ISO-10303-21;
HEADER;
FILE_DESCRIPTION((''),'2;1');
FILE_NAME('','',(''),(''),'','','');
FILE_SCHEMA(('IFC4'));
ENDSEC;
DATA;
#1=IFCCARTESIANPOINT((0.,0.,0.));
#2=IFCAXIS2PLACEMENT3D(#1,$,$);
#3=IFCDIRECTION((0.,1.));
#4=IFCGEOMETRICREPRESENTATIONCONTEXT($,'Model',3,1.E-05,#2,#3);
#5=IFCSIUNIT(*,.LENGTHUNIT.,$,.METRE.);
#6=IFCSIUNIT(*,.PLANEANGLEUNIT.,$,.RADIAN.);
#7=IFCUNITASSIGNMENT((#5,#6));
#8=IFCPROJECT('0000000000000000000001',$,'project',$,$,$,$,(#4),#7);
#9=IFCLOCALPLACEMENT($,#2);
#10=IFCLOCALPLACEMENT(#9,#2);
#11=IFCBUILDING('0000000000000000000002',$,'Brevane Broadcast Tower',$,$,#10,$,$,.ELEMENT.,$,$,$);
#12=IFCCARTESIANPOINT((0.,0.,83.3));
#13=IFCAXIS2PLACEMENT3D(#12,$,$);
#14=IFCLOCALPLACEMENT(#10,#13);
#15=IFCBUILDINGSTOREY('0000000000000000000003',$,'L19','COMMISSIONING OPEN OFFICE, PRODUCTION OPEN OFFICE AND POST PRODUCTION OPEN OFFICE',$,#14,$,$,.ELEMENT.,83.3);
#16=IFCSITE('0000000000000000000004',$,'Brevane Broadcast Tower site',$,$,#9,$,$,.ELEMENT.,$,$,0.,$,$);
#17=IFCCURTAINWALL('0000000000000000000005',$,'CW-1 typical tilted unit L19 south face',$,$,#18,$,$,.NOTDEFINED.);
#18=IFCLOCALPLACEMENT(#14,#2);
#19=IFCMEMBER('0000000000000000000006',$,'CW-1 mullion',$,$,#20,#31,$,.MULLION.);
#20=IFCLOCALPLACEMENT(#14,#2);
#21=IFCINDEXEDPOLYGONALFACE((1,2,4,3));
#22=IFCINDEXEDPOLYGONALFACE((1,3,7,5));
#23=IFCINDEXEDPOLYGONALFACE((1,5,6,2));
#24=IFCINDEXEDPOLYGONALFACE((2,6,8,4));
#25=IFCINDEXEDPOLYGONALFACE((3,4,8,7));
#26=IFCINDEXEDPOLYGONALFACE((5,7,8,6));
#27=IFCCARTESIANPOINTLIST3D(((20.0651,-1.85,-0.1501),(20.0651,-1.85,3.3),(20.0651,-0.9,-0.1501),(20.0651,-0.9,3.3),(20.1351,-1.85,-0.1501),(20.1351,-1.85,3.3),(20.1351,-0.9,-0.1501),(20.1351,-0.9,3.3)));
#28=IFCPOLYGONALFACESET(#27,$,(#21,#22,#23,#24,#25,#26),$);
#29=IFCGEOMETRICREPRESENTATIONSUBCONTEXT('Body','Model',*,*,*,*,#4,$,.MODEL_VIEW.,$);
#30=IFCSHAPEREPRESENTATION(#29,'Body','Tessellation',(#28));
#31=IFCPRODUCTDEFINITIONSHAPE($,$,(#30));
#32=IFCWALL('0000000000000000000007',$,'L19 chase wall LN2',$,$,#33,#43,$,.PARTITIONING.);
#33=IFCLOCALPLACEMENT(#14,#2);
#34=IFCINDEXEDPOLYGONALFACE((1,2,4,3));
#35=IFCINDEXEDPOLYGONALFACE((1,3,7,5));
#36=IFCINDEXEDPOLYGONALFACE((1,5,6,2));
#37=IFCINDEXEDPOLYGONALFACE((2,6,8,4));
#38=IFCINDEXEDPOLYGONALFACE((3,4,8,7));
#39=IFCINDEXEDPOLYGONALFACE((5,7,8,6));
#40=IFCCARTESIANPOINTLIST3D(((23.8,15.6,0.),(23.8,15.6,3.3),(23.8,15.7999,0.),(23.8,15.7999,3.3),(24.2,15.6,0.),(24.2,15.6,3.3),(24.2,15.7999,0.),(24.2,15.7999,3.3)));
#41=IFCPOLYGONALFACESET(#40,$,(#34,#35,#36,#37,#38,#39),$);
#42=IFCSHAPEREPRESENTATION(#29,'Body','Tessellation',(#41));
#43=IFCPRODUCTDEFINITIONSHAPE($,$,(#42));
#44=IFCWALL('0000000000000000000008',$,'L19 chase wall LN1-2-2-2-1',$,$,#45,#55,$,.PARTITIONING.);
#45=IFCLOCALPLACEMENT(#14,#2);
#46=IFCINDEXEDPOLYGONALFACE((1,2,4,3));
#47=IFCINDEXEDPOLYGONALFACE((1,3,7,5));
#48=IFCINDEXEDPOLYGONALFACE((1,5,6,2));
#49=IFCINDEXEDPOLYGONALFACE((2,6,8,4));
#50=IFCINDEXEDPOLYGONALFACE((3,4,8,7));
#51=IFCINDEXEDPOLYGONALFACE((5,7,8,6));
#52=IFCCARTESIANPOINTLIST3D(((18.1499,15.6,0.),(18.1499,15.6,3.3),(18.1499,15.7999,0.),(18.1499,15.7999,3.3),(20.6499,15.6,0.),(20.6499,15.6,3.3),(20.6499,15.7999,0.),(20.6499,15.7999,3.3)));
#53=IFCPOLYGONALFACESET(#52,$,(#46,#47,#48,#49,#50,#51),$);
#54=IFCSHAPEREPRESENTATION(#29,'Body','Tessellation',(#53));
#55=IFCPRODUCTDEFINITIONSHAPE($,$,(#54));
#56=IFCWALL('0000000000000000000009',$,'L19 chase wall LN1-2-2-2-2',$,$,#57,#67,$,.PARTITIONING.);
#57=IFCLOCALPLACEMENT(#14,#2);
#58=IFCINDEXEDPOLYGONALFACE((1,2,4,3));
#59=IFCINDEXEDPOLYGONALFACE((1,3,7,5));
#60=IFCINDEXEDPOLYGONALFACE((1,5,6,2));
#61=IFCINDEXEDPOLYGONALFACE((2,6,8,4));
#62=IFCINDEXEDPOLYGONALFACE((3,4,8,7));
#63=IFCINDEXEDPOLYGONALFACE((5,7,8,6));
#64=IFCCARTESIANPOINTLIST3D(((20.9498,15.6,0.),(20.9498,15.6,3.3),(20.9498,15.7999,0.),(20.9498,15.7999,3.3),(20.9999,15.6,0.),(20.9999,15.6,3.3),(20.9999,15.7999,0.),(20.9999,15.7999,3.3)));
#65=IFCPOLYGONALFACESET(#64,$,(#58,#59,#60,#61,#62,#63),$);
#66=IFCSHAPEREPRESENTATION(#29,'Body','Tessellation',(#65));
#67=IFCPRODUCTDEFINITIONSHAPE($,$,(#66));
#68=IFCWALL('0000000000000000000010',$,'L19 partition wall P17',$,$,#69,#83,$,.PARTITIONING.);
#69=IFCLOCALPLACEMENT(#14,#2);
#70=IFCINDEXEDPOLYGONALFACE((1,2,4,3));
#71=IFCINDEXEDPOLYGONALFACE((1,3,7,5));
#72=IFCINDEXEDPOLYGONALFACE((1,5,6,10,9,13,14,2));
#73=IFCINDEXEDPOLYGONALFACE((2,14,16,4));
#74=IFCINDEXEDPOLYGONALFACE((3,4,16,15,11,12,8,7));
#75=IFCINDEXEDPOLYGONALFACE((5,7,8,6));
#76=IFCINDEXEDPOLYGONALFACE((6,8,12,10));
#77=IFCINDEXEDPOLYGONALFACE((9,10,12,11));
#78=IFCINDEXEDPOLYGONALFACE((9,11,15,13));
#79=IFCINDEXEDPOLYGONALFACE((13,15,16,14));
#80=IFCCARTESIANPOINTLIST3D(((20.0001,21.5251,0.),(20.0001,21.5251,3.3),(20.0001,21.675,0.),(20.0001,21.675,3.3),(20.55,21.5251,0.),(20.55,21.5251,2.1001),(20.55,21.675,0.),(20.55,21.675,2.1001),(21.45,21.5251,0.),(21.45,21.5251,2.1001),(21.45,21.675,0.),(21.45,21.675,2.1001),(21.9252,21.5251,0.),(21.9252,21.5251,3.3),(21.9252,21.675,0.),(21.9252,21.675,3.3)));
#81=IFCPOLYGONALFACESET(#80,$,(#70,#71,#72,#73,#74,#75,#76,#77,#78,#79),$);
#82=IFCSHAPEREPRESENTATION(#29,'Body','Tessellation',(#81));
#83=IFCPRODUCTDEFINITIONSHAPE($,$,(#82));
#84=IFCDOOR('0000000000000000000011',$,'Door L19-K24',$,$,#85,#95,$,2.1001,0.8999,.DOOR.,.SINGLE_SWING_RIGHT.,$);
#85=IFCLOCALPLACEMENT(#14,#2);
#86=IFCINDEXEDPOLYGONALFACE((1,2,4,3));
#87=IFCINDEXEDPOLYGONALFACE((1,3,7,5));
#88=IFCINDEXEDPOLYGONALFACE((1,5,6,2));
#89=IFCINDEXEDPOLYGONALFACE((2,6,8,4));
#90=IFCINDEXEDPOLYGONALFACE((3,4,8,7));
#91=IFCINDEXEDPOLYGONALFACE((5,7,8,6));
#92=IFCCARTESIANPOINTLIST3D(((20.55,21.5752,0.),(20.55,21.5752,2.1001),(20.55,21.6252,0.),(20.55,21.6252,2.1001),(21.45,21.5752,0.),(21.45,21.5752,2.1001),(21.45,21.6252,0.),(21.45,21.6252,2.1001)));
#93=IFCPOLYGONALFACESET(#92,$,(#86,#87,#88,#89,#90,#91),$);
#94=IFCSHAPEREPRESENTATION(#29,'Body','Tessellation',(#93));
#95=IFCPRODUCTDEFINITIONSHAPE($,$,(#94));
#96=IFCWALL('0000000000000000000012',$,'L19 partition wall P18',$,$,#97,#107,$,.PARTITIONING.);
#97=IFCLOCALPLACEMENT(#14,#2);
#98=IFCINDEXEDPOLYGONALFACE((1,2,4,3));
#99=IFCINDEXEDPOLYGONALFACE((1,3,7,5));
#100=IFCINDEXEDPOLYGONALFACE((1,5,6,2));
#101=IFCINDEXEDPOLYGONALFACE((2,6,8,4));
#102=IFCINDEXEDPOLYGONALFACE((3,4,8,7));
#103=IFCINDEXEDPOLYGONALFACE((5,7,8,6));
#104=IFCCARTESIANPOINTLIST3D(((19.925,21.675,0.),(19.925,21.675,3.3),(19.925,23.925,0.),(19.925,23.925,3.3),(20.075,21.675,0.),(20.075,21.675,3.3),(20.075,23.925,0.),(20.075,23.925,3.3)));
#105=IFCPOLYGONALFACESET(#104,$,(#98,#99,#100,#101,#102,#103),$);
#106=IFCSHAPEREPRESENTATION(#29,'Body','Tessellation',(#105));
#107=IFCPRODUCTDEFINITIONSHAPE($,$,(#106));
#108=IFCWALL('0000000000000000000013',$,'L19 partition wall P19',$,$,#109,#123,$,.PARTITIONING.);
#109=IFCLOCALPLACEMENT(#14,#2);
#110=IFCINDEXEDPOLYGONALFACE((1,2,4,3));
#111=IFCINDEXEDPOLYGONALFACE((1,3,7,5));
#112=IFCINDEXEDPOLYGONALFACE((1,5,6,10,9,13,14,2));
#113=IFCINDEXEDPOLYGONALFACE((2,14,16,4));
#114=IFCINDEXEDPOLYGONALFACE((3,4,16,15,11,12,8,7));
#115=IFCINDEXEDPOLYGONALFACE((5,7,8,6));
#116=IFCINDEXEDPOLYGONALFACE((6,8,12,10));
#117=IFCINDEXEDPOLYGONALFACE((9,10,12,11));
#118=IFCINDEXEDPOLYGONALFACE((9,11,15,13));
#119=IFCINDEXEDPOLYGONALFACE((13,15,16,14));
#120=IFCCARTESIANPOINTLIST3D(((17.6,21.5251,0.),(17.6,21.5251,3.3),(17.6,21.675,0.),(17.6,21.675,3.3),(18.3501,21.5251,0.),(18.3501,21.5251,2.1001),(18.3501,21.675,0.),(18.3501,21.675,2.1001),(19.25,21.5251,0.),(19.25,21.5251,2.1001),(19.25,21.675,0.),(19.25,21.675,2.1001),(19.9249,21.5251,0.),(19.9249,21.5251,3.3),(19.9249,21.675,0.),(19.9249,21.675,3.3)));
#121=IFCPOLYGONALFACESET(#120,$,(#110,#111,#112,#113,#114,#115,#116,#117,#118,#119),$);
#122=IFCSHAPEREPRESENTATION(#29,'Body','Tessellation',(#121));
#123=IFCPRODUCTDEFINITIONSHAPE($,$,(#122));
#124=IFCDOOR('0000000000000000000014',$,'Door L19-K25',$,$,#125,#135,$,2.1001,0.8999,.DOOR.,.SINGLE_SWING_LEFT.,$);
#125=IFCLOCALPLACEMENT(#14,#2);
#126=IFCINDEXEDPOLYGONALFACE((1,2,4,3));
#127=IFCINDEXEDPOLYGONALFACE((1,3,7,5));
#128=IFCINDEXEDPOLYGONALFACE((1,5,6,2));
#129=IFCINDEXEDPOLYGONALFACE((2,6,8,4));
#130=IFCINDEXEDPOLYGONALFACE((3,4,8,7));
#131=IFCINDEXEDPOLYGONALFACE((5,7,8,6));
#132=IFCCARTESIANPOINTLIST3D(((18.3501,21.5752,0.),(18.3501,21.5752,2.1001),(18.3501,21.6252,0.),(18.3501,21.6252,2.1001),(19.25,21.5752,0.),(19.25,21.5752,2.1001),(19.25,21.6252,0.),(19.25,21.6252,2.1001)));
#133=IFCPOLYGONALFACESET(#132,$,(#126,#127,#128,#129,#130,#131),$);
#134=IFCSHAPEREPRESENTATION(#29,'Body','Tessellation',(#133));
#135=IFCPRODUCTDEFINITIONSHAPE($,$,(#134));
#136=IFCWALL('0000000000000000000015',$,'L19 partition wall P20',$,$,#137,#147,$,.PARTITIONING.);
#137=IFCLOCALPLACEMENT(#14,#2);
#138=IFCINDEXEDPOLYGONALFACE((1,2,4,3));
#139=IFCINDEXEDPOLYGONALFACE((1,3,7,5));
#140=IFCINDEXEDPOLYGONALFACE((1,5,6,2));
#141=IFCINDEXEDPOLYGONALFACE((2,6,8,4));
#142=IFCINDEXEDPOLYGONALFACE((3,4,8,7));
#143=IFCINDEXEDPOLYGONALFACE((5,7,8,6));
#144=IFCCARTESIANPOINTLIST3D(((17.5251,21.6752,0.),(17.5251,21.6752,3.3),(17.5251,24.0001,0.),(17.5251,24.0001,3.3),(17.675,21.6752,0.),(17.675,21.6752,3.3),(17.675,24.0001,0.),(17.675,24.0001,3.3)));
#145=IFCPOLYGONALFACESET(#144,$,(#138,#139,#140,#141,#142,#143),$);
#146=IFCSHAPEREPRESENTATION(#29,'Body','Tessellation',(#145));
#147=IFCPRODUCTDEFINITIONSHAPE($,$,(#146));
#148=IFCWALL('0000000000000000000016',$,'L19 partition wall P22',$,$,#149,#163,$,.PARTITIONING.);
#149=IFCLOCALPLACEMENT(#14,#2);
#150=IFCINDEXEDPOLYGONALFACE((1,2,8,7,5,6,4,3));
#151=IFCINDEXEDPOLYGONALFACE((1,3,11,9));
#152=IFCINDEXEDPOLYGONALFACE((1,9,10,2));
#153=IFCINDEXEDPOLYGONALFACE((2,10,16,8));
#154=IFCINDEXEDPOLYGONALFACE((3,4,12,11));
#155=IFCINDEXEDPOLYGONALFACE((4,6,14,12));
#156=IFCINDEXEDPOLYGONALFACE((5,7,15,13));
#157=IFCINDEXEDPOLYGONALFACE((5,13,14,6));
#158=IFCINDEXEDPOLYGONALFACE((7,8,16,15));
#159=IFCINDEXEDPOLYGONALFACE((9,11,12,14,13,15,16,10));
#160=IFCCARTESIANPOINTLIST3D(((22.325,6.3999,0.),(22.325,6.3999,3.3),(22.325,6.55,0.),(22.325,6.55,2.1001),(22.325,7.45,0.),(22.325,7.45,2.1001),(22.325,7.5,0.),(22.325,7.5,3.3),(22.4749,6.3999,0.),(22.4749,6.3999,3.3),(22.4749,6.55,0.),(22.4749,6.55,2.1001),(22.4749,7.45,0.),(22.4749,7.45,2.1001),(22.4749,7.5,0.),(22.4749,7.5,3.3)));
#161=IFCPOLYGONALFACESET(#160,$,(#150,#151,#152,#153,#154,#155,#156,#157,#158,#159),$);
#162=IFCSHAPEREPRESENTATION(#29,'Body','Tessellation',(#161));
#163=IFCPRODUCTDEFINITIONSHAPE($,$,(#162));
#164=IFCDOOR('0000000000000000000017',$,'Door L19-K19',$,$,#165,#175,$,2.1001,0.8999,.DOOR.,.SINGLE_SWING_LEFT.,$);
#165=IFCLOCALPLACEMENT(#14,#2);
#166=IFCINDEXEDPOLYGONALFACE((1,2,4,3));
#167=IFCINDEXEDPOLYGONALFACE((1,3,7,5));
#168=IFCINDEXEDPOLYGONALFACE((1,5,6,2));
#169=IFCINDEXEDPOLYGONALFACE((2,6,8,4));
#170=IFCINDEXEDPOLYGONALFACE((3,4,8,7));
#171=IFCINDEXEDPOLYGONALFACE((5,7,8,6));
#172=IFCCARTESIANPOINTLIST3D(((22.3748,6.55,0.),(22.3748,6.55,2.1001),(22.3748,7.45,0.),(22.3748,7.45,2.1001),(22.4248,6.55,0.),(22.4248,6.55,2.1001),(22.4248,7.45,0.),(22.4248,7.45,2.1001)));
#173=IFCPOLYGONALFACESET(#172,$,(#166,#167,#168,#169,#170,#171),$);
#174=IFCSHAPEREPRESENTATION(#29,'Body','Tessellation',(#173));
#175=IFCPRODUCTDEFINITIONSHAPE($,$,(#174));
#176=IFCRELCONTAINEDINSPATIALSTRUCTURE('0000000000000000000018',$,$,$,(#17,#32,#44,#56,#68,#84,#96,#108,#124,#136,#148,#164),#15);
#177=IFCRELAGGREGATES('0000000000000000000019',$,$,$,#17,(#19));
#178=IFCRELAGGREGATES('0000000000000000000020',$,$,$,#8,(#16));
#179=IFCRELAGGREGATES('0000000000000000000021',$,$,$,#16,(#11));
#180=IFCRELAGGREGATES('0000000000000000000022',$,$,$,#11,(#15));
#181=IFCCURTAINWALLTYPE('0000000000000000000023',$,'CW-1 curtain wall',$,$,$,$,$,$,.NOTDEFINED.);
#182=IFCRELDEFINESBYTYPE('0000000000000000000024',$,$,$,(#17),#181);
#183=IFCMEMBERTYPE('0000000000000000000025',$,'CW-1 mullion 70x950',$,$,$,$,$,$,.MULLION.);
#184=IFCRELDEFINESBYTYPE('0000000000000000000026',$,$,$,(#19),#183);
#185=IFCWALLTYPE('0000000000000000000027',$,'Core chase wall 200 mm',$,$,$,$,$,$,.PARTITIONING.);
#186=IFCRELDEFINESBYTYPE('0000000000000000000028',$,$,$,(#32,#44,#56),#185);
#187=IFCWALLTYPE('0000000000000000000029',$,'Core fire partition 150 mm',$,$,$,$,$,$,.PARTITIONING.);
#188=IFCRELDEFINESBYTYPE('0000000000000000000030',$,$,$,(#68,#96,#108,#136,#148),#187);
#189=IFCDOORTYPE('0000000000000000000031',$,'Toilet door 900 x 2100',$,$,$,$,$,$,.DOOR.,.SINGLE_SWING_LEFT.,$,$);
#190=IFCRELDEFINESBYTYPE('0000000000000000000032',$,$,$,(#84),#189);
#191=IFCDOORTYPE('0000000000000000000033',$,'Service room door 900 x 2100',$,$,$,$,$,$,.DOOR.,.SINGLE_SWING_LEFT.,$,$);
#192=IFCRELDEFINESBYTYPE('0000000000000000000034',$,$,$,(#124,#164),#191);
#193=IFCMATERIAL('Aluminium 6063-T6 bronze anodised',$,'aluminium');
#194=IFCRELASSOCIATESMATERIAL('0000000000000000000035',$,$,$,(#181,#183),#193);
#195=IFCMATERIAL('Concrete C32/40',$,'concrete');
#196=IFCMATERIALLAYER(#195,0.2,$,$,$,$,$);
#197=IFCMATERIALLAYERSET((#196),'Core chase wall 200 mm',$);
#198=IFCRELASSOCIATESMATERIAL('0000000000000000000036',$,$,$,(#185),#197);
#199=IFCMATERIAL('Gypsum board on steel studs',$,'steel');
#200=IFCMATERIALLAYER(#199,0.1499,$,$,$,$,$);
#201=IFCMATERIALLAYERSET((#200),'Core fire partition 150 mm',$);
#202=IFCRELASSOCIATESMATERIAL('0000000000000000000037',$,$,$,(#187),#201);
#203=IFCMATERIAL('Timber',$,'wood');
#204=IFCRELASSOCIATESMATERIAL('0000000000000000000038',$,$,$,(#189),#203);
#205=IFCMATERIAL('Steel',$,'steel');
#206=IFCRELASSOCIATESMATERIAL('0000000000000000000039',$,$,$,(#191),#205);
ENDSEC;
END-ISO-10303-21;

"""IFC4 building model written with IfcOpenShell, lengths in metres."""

from ifc_helpers import new_model, si_unit, direction, frame, frame_2d, origin, origin_2d, place, context, subcontext, project, spatial, rectangle, extrude, material, layer, layer_set, material_profile, profile_set, type_object, element, fill, aggregate, save


model = new_model("IFC4")

# Units and contexts
model_context = context("Model", 3, precision=1e-05, world=origin(), true_north=direction((0.0, 1.0)))
body_context = subcontext(model_context, "Body", "Model", "MODEL_VIEW")
ifc_project = project(units=[si_unit("LENGTHUNIT", "METRE"), si_unit("PLANEANGLEUNIT", "RADIAN")], contexts=[model_context])

# Site, building, storey
site_placement = place(None, origin())
site = spatial("IfcSite", under=ifc_project, at=site_placement, Name="Brevane Broadcast Tower site", CompositionType="ELEMENT", RefElevation=0.0)
building_placement = place(site_placement, origin())
building = spatial("IfcBuilding", under=site, at=building_placement, Name="Brevane Broadcast Tower", CompositionType="ELEMENT")
storey_placement = place(building_placement, frame((0.0, 0.0, 83.3)))
storey = spatial("IfcBuildingStorey", under=building, at=storey_placement, Name="L19", Description="COMMISSIONING OPEN OFFICE, PRODUCTION OPEN OFFICE AND POST PRODUCTION OPEN OFFICE", CompositionType="ELEMENT", Elevation=83.3)

# Curtain wall, member
ifc_material_1 = material(Name="Aluminium 6063-T6 bronze anodised", Category="aluminium")
curtain_wall_type = type_object("IfcCurtainWallType", Name="CW-1 curtain wall", PredefinedType="NOTDEFINED", material=ifc_material_1)
curtain_wall_placement = place(storey_placement, origin())
curtain_wall = element("IfcCurtainWall", 1, at=curtain_wall_placement, inside=storey, type_object=curtain_wall_type, Name="CW-1 typical tilted unit L19 south face", PredefinedType="NOTDEFINED")
ifc_material_profile = material_profile(ifc_material_1, rectangle(XDim=0.95, YDim=0.0701, at=origin_2d()), Name="RECT 70x950")
ifc_profile_set = profile_set([ifc_material_profile], Name="Aluminium 6063-T6 bronze anodised")
member_type = type_object("IfcMemberType", Name="CW-1 mullion 70x950", PredefinedType="MULLION", material=ifc_profile_set)
member_placement = place(storey_placement, frame((20.1001, -1.375, -0.1501), z_axis=(0.0, 0.0, 1.0), x_axis=(0.0, 1.0, 0.0)))
member = element("IfcMember", 2, at=member_placement, type_object=member_type, Name="CW-1 mullion", PredefinedType="MULLION", context=body_context, shape_type="SweptSolid", body=[
    extrude(rectangle(XDim=0.95, YDim=0.0701, at=origin_2d()), origin(), (0.0, 0.0, 1.0), 3.4502),
])
aggregate(curtain_wall, [member])

# Walls
ifc_material_2 = material(Name="Concrete C32/40", Category="concrete")
ifc_layer_1 = layer(ifc_material_2, 0.2)
ifc_layer_set_1 = layer_set([ifc_layer_1], Name="Core chase wall 200 mm")
wall_type_1 = type_object("IfcWallType", Name="Core chase wall 200 mm", PredefinedType="PARTITIONING", material=ifc_layer_set_1)
wall_1_placement = place(storey_placement, frame((23.8, 15.7, 0.0), z_axis=(0.0, 0.0, 1.0), x_axis=(1.0, 0.0, 0.0)))
element("IfcWall", 3, at=wall_1_placement, inside=storey, type_object=wall_type_1, Name="L19 chase wall LN2", PredefinedType="PARTITIONING", context=body_context, shape_type="SweptSolid", body=[
    extrude(rectangle(XDim=0.3999, YDim=0.2, at=frame_2d((0.2, 0.0))), origin(), (0.0, 0.0, 1.0), 3.3),
])
wall_2_placement = place(storey_placement, frame((18.1499, 15.7, 0.0), z_axis=(0.0, 0.0, 1.0), x_axis=(1.0, 0.0, 0.0)))
element("IfcWall", 4, at=wall_2_placement, inside=storey, type_object=wall_type_1, Name="L19 chase wall LN1-2-2-2-1", PredefinedType="PARTITIONING", context=body_context, shape_type="SweptSolid", body=[
    extrude(rectangle(XDim=2.5, YDim=0.2, at=frame_2d((1.25, 0.0))), origin(), (0.0, 0.0, 1.0), 3.3),
])
wall_3_placement = place(storey_placement, frame((20.95, 15.7, 0.0), z_axis=(0.0, 0.0, 1.0), x_axis=(1.0, 0.0, 0.0)))
element("IfcWall", 5, at=wall_3_placement, inside=storey, type_object=wall_type_1, Name="L19 chase wall LN1-2-2-2-2", PredefinedType="PARTITIONING", context=body_context, shape_type="SweptSolid", body=[
    extrude(rectangle(XDim=0.05, YDim=0.2, at=frame_2d((0.0249, 0.0))), origin(), (0.0, 0.0, 1.0), 3.3),
])

# Wall, opening, door
ifc_material_3 = material(Name="Gypsum board on steel studs", Category="steel")
ifc_layer_2 = layer(ifc_material_3, 0.1499)
ifc_layer_set_2 = layer_set([ifc_layer_2], Name="Core fire partition 150 mm")
wall_type_2 = type_object("IfcWallType", Name="Core fire partition 150 mm", PredefinedType="PARTITIONING", material=ifc_layer_set_2)
wall_4_placement = place(storey_placement, frame((21.925, 21.6001, 0.0), z_axis=(0.0, 0.0, 1.0), x_axis=(-1.0, 0.0, 0.0)))
wall_4 = element("IfcWall", 6, at=wall_4_placement, inside=storey, type_object=wall_type_2, Name="L19 partition wall P17", PredefinedType="PARTITIONING", context=body_context, shape_type="SweptSolid", body=[
    extrude(rectangle(XDim=1.925, YDim=0.1499, at=frame_2d((0.9624, 0.0))), origin(), (0.0, 0.0, 1.0), 3.3),
])
opening_1_placement = place(wall_4_placement, frame((0.4751, 0.0, 0.0)))
opening_1 = element("IfcOpeningElement", 7, at=opening_1_placement, cuts=wall_4, PredefinedType="OPENING", context=body_context, shape_type="SweptSolid", body=[
    extrude(rectangle(XDim=0.8999, YDim=2.1001, at=frame_2d((0.45, 1.05))), frame((0.0, 0.085, 0.0), z_axis=(0.0, -1.0, 0.0), x_axis=(1.0, 0.0, 0.0)), (0.0, 0.0, 1.0), 0.1699),
])
ifc_material_4 = material(Name="Timber", Category="wood")
door_type_1 = type_object("IfcDoorType", Name="Toilet door 900 x 2100", OperationType="SINGLE_SWING_LEFT", PredefinedType="DOOR", material=ifc_material_4)
door_1_placement = place(opening_1_placement, origin())
door_1 = element("IfcDoor", 8, at=door_1_placement, inside=storey, type_object=door_type_1, Name="Door L19-K24", OperationType="SINGLE_SWING_RIGHT", OverallHeight=2.1001, OverallWidth=0.8999, PredefinedType="DOOR", context=body_context, shape_type="SweptSolid", body=[
    extrude(rectangle(XDim=0.8999, YDim=2.1001, at=frame_2d((0.45, 1.05))), frame((0.0, 0.0249, 0.0), z_axis=(0.0, -1.0, 0.0), x_axis=(1.0, 0.0, 0.0)), (0.0, 0.0, 1.0), 0.05),
])
fill(opening_1, door_1)

# Wall
wall_5_placement = place(storey_placement, frame((20.0, 21.675, 0.0), z_axis=(0.0, 0.0, 1.0), x_axis=(0.0, 1.0, 0.0)))
element("IfcWall", 9, at=wall_5_placement, inside=storey, type_object=wall_type_2, Name="L19 partition wall P18", PredefinedType="PARTITIONING", context=body_context, shape_type="SweptSolid", body=[
    extrude(rectangle(XDim=2.25, YDim=0.1499, at=frame_2d((1.125, 0.0))), origin(), (0.0, 0.0, 1.0), 3.3),
])

# Wall, opening, door
wall_6_placement = place(storey_placement, frame((19.925, 21.6001, 0.0), z_axis=(0.0, 0.0, 1.0), x_axis=(-1.0, 0.0, 0.0)))
wall_6 = element("IfcWall", 10, at=wall_6_placement, inside=storey, type_object=wall_type_2, Name="L19 partition wall P19", PredefinedType="PARTITIONING", context=body_context, shape_type="SweptSolid", body=[
    extrude(rectangle(XDim=2.325, YDim=0.1499, at=frame_2d((1.1626, 0.0))), origin(), (0.0, 0.0, 1.0), 3.3),
])
opening_2_placement = place(wall_6_placement, frame((0.675, 0.0, 0.0)))
opening_2 = element("IfcOpeningElement", 11, at=opening_2_placement, cuts=wall_6, PredefinedType="OPENING", context=body_context, shape_type="SweptSolid", body=[
    extrude(rectangle(XDim=0.8999, YDim=2.1001, at=frame_2d((0.45, 1.05))), frame((0.0, 0.085, 0.0), z_axis=(0.0, -1.0, 0.0), x_axis=(1.0, 0.0, 0.0)), (0.0, 0.0, 1.0), 0.1699),
])
ifc_material_5 = material(Name="Steel", Category="steel")
door_type_2 = type_object("IfcDoorType", Name="Service room door 900 x 2100", OperationType="SINGLE_SWING_LEFT", PredefinedType="DOOR", material=ifc_material_5)
door_2_placement = place(opening_2_placement, origin())
door_2 = element("IfcDoor", 12, at=door_2_placement, inside=storey, type_object=door_type_2, Name="Door L19-K25", OperationType="SINGLE_SWING_LEFT", OverallHeight=2.1001, OverallWidth=0.8999, PredefinedType="DOOR", context=body_context, shape_type="SweptSolid", body=[
    extrude(rectangle(XDim=0.8999, YDim=2.1001, at=frame_2d((0.45, 1.05))), frame((0.0, 0.0249, 0.0), z_axis=(0.0, -1.0, 0.0), x_axis=(1.0, 0.0, 0.0)), (0.0, 0.0, 1.0), 0.05),
])
fill(opening_2, door_2)

# Wall
wall_7_placement = place(storey_placement, frame((17.6001, 21.675, 0.0), z_axis=(0.0, 0.0, 1.0), x_axis=(0.0, 1.0, 0.0)))
element("IfcWall", 13, at=wall_7_placement, inside=storey, type_object=wall_type_2, Name="L19 partition wall P20", PredefinedType="PARTITIONING", context=body_context, shape_type="SweptSolid", body=[
    extrude(rectangle(XDim=2.325, YDim=0.1499, at=frame_2d((1.1626, 0.0))), origin(), (0.0, 0.0, 1.0), 3.3),
])

# Wall, opening, door
wall_8_placement = place(storey_placement, frame((22.3999, 7.5, 0.0), z_axis=(0.0, 0.0, 1.0), x_axis=(0.0, -1.0, 0.0)))
wall_8 = element("IfcWall", 14, at=wall_8_placement, inside=storey, type_object=wall_type_2, Name="L19 partition wall P22", PredefinedType="PARTITIONING", context=body_context, shape_type="SweptSolid", body=[
    extrude(rectangle(XDim=1.1001, YDim=0.1499, at=frame_2d((0.55, 0.0))), origin(), (0.0, 0.0, 1.0), 3.3),
])
opening_3_placement = place(wall_8_placement, frame((0.05, 0.0, 0.0)))
opening_3 = element("IfcOpeningElement", 15, at=opening_3_placement, cuts=wall_8, PredefinedType="OPENING", context=body_context, shape_type="SweptSolid", body=[
    extrude(rectangle(XDim=0.8999, YDim=2.1001, at=frame_2d((0.45, 1.05))), frame((0.0, 0.085, 0.0), z_axis=(0.0, -1.0, 0.0), x_axis=(1.0, 0.0, 0.0)), (0.0, 0.0, 1.0), 0.1699),
])
door_3_placement = place(opening_3_placement, origin())
door_3 = element("IfcDoor", 16, at=door_3_placement, inside=storey, type_object=door_type_2, Name="Door L19-K19", OperationType="SINGLE_SWING_LEFT", OverallHeight=2.1001, OverallWidth=0.8999, PredefinedType="DOOR", context=body_context, shape_type="SweptSolid", body=[
    extrude(rectangle(XDim=0.8999, YDim=2.1001, at=frame_2d((0.45, 1.05))), frame((0.0, 0.0249, 0.0), z_axis=(0.0, -1.0, 0.0), x_axis=(1.0, 0.0, 0.0)), (0.0, 0.0, 1.0), 0.05),
])
fill(opening_3, door_3)

save(model, "model.ifc")
